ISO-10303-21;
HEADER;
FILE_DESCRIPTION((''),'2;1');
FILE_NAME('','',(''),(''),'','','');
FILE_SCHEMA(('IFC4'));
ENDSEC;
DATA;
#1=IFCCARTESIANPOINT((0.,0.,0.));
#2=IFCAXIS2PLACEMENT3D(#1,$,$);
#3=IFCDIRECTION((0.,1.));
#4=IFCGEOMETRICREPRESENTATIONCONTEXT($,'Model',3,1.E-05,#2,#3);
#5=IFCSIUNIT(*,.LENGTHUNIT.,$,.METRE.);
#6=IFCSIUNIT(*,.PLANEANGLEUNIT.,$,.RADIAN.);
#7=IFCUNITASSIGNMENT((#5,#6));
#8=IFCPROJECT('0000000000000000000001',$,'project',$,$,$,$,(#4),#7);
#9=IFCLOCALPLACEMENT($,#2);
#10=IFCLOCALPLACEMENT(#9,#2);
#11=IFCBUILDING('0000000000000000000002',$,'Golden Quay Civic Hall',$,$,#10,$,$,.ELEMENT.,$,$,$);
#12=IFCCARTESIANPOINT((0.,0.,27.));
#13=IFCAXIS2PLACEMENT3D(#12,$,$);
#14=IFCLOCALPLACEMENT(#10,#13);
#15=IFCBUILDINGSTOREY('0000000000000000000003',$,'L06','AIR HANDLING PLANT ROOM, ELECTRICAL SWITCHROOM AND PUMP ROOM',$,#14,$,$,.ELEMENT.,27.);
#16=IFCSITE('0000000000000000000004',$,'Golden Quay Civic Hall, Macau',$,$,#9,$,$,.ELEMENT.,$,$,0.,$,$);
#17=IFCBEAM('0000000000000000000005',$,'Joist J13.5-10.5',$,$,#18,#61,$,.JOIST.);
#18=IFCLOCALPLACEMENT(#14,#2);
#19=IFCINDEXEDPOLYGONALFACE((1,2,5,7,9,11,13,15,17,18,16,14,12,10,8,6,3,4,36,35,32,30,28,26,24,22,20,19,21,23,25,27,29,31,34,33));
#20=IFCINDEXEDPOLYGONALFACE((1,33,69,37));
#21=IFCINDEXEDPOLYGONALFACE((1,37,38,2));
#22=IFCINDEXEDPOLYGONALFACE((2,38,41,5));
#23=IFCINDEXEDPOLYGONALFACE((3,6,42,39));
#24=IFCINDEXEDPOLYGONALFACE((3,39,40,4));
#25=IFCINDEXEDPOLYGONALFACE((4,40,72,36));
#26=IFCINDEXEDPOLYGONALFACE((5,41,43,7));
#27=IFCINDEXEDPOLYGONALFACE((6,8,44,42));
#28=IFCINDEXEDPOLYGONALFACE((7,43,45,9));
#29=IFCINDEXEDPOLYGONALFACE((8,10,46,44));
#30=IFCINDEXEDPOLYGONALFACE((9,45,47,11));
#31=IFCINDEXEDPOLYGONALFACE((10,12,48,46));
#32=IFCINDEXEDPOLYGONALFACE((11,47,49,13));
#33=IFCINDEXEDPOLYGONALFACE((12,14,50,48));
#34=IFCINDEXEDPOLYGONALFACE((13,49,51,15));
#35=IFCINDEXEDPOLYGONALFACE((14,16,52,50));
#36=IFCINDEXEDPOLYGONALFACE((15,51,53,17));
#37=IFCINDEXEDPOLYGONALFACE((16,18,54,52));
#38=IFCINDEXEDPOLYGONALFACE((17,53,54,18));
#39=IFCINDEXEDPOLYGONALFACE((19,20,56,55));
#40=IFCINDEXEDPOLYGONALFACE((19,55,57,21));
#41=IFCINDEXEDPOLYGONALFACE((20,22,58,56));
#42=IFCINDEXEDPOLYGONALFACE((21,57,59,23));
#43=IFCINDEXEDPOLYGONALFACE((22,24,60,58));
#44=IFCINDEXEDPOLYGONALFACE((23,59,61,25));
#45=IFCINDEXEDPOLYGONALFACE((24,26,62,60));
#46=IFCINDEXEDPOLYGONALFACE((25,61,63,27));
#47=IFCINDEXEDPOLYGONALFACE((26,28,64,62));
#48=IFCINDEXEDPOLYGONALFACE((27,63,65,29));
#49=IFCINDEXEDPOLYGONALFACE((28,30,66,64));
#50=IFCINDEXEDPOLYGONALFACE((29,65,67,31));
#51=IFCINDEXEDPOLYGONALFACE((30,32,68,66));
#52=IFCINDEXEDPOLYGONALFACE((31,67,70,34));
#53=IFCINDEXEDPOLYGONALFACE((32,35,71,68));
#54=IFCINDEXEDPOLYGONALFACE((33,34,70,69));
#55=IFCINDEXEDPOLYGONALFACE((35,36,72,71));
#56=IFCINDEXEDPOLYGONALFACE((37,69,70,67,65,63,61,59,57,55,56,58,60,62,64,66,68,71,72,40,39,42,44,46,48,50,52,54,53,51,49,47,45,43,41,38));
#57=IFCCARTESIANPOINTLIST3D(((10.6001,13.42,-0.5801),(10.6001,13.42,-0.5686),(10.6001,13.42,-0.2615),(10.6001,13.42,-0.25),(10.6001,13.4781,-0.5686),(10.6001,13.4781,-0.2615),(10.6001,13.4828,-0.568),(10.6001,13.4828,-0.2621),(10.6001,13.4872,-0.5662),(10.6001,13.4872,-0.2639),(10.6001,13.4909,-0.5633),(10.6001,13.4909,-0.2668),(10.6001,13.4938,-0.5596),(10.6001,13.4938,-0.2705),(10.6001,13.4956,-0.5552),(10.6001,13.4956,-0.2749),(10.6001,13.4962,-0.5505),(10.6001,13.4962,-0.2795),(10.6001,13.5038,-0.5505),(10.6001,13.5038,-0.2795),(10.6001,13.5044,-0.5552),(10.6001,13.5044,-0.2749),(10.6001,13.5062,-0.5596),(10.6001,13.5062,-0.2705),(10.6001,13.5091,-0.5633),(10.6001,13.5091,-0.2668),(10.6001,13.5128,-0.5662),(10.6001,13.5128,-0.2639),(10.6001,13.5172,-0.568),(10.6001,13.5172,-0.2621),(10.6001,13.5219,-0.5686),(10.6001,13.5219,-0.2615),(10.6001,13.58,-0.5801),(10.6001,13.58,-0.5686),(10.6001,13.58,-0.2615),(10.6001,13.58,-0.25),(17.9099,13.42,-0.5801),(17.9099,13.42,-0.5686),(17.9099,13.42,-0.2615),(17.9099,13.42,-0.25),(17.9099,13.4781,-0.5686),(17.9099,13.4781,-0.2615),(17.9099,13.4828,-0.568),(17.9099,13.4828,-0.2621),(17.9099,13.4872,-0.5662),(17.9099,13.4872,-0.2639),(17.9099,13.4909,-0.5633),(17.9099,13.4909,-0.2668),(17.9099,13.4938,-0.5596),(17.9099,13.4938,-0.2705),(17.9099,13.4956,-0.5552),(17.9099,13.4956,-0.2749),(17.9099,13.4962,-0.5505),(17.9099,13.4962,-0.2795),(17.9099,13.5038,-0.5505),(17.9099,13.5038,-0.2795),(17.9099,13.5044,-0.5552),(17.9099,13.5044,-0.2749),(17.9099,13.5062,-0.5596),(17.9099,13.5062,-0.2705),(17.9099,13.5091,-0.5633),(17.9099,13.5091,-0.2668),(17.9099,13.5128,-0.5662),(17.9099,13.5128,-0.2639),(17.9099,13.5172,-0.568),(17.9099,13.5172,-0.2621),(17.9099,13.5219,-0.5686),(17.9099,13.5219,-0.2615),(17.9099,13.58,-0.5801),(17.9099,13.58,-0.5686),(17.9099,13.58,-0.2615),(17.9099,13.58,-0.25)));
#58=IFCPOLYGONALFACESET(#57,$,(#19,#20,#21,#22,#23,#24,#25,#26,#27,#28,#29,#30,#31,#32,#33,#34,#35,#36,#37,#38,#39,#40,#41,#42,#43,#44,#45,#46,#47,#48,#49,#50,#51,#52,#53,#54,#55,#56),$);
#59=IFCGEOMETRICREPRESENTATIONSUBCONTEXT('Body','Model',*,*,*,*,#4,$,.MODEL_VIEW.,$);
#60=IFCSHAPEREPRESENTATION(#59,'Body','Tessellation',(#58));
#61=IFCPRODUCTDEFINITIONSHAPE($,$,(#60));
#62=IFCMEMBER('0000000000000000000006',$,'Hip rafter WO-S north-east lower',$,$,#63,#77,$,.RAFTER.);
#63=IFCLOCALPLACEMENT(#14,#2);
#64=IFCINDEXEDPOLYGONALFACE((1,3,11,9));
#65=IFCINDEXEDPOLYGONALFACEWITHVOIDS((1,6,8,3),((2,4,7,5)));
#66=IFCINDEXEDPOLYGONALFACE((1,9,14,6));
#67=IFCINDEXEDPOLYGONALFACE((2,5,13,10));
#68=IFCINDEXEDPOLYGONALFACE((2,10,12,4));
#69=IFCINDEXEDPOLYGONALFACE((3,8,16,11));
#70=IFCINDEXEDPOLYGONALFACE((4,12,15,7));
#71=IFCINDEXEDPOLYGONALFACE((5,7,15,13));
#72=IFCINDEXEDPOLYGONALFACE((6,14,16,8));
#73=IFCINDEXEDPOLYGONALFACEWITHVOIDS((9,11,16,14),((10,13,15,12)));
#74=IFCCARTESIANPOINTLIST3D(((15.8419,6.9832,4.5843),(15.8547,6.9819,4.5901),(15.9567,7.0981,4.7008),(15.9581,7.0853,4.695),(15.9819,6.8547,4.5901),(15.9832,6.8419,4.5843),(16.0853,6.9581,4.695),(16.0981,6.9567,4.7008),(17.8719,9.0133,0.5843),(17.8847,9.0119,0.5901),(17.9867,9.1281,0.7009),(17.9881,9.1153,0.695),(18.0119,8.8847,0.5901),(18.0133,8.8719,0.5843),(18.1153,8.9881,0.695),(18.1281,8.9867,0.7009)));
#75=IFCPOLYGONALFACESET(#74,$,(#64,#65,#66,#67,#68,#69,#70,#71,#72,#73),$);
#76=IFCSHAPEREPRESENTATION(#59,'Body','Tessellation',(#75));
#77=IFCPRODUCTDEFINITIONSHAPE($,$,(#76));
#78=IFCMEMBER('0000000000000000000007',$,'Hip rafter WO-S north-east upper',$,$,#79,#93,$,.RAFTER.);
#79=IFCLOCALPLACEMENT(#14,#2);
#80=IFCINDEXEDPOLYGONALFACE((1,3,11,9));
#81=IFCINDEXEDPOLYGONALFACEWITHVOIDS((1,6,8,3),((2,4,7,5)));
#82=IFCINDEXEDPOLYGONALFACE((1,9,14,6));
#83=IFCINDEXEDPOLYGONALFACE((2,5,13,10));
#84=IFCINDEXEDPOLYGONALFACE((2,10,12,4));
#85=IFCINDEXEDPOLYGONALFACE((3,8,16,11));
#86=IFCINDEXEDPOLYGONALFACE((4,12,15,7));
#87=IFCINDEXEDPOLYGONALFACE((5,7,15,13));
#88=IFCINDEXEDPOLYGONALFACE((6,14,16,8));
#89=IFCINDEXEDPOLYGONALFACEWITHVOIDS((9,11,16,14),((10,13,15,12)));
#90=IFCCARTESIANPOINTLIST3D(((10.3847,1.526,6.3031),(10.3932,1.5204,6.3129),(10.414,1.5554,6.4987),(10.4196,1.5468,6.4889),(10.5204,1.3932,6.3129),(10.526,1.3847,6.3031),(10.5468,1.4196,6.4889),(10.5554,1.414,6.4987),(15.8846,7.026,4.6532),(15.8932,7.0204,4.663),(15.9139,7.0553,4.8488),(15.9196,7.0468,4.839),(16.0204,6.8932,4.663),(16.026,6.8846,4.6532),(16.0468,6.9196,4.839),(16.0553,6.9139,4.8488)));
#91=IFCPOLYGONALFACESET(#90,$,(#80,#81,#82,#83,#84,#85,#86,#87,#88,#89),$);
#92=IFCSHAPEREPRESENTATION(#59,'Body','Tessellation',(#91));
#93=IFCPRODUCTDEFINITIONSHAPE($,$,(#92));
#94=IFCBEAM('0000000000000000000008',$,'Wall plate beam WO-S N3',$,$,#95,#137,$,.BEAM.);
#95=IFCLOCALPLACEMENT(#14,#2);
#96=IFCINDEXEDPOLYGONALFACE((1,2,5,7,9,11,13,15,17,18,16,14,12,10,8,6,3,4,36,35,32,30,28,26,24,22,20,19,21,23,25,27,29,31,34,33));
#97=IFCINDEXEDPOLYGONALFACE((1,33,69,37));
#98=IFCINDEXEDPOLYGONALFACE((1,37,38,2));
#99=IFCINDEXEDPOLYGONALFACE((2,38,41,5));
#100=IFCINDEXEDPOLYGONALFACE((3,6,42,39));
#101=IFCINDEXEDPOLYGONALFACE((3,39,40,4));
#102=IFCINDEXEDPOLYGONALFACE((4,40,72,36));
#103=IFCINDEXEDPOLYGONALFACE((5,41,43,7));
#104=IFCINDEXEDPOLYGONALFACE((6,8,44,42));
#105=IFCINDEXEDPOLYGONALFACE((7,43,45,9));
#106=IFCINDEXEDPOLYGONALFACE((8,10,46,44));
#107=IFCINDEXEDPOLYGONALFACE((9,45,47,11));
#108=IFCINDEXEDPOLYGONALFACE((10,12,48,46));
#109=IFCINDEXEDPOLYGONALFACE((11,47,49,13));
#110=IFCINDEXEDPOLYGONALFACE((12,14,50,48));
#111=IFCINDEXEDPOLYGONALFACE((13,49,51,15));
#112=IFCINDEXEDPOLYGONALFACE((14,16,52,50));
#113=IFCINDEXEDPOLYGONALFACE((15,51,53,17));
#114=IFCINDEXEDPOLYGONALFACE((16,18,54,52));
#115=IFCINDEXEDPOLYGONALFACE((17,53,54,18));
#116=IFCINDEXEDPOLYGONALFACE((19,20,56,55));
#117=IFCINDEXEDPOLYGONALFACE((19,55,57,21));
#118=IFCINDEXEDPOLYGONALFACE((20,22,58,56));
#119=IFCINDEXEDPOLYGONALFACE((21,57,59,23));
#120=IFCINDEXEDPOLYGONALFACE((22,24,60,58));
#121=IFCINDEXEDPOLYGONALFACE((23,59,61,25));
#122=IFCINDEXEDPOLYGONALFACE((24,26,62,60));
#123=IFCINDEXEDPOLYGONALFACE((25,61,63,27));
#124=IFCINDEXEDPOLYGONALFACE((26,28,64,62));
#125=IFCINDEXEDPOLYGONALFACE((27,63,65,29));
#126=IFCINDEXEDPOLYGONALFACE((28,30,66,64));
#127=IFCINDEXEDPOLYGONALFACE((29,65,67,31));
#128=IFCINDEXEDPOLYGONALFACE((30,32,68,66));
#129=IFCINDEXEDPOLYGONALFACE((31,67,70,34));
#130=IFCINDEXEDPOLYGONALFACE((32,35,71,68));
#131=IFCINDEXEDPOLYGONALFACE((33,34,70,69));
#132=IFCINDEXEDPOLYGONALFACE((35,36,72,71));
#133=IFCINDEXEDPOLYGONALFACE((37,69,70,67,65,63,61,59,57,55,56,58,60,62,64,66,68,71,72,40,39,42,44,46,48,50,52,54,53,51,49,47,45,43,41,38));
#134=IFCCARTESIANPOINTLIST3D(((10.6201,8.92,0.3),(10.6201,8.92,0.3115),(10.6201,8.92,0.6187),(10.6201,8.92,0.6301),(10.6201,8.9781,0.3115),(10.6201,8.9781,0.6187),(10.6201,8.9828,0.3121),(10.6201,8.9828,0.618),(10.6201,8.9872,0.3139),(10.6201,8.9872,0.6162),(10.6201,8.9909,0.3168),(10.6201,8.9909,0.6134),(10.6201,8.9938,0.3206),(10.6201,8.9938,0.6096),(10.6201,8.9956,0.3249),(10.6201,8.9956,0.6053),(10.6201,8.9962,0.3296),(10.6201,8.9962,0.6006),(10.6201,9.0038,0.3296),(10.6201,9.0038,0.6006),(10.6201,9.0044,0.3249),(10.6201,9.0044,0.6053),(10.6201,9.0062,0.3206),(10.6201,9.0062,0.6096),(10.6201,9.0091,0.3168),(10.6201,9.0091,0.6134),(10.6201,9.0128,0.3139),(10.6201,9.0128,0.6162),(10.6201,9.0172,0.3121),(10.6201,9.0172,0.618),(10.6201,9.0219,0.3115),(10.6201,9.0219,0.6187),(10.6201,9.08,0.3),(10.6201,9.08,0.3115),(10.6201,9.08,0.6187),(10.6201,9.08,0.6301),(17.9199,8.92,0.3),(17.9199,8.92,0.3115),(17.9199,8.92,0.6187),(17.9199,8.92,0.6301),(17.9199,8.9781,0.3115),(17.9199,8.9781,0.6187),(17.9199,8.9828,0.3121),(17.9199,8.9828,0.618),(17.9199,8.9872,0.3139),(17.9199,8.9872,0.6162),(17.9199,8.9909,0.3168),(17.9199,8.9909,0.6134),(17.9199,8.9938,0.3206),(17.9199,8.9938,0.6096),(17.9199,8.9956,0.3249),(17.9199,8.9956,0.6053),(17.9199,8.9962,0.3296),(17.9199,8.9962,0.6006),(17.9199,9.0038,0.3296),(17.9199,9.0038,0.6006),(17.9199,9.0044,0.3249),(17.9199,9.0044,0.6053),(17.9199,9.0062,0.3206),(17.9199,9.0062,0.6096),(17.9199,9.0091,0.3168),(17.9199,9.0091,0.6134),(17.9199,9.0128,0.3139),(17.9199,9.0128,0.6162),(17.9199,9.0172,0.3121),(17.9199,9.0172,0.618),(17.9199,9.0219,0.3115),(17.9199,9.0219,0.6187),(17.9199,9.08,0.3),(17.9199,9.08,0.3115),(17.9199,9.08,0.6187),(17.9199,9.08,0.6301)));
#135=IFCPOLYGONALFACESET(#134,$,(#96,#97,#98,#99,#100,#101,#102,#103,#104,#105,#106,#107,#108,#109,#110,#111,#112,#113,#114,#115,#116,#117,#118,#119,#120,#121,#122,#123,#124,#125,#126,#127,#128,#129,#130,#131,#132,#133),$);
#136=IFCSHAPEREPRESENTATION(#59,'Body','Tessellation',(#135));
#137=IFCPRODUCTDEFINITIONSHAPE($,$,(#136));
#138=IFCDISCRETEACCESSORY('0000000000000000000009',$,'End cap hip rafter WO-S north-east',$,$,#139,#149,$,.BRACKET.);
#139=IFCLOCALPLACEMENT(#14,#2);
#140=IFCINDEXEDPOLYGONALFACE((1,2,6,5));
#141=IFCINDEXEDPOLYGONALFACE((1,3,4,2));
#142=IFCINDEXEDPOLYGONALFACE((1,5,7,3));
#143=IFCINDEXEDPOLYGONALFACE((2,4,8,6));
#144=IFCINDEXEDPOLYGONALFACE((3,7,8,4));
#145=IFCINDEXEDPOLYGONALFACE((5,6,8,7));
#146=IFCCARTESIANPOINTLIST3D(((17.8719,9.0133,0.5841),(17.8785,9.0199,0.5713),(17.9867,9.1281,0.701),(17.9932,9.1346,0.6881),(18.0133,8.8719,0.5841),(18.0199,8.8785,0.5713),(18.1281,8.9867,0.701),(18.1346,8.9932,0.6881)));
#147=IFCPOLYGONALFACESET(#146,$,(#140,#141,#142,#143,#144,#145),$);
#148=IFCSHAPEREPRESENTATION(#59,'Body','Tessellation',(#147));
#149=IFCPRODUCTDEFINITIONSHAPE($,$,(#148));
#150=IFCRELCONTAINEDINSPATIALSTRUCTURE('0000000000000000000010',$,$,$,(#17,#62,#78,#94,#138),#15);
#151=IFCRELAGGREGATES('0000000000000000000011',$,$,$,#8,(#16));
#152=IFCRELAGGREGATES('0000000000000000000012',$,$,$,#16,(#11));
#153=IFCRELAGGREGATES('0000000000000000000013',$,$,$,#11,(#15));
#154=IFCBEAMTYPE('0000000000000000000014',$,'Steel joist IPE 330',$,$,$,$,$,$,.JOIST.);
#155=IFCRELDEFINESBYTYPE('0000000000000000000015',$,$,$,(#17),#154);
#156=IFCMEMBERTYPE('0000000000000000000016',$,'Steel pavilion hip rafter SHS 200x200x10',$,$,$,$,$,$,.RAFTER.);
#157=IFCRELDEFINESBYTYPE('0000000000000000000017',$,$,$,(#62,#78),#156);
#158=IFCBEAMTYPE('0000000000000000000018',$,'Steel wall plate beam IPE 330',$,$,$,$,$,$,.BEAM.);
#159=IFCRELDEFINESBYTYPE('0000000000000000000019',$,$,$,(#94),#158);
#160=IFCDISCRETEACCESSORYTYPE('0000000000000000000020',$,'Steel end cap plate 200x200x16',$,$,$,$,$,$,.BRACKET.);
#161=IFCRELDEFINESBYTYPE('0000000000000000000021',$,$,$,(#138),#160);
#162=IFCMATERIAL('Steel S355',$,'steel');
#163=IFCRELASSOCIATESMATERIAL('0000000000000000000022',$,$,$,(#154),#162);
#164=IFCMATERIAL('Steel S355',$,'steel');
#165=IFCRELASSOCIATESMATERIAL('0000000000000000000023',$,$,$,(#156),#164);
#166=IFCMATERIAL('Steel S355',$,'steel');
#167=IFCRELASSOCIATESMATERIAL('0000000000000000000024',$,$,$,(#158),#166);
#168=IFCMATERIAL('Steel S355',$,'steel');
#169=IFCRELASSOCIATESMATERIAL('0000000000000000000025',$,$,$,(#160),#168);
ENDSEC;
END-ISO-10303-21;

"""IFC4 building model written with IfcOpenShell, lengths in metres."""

from ifc_helpers import new_model, si_unit, direction, frame, origin, origin_2d, place, context, subcontext, project, spatial, rectangle, hollow_rectangle, i_section, extrude, material, material_profile, profile_set, type_object, element, save


model = new_model("IFC4")

# Units and contexts
model_context = context("Model", 3, precision=1e-05, world=origin(), true_north=direction((0.0, 1.0)))
body_context = subcontext(model_context, "Body", "Model", "MODEL_VIEW")
ifc_project = project(units=[si_unit("LENGTHUNIT", "METRE"), si_unit("PLANEANGLEUNIT", "RADIAN")], contexts=[model_context])

# Site, building, storey
site_placement = place(None, origin())
site = spatial("IfcSite", under=ifc_project, at=site_placement, Name="Golden Quay Civic Hall, Macau", CompositionType="ELEMENT", RefElevation=0.0)
building_placement = place(site_placement, origin())
building = spatial("IfcBuilding", under=site, at=building_placement, Name="Golden Quay Civic Hall", CompositionType="ELEMENT")
storey_placement = place(building_placement, frame((0.0, 0.0, 27.0)))
storey = spatial("IfcBuildingStorey", under=building, at=storey_placement, Name="L06", Description="AIR HANDLING PLANT ROOM, ELECTRICAL SWITCHROOM AND PUMP ROOM", CompositionType="ELEMENT", Elevation=27.0)

# Beam
ifc_material_1 = material(Name="Steel S355", Category="steel")
ifc_material_profile_1 = material_profile(ifc_material_1, i_section(OverallWidth=0.1599, OverallDepth=0.3301, WebThickness=0.0076, FlangeThickness=0.0115, FilletRadius=0.0181, at=origin_2d()), Name="IPE 330")
ifc_profile_set_1 = profile_set([ifc_material_profile_1], Name="Steel S355")
beam_type_1 = type_object("IfcBeamType", Name="Steel joist IPE 330", PredefinedType="JOIST", material=ifc_profile_set_1)
for number, where, z_axis, x_axis, name in (
    (1, (10.6001, 13.5, -0.415), (1.0, 0.0, 0.0), (0.0, 1.0, 0.0), "Joist J13.5-10.5"),
):
    element("IfcBeam", number, at=place(storey_placement, frame(where, z_axis=z_axis, x_axis=x_axis)), inside=storey, type_object=beam_type_1, Name=name, PredefinedType="JOIST", context=body_context, shape_type="SweptSolid", body=[
        extrude(i_section(OverallWidth=0.1599, OverallDepth=0.3301, WebThickness=0.0076, FlangeThickness=0.0115, FilletRadius=0.0181, at=origin_2d()), origin(), (0.0, 0.0, 1.0), 7.3098),
    ])

# Members
ifc_material_2 = material(Name="Steel S355", Category="steel")
ifc_material_profile_2 = material_profile(ifc_material_2, hollow_rectangle(XDim=0.2, YDim=0.2, WallThickness=0.01, at=origin_2d()), Name="SHS 200x200x10")
ifc_profile_set_2 = profile_set([ifc_material_profile_2], Name="Steel S355")
member_type_1 = type_object("IfcMemberType", Name="Steel pavilion hip rafter SHS 200x200x10", PredefinedType="RAFTER", material=ifc_profile_set_2)
member_1_placement = place(storey_placement, frame((18.0, 9.0, 0.6426), z_axis=(-0.412304, -0.412304, 0.81241), x_axis=(0.707107, -0.707107, 0.0)))
element("IfcMember", 2, at=member_1_placement, inside=storey, type_object=member_type_1, Name="Hip rafter WO-S north-east lower", PredefinedType="RAFTER", context=body_context, shape_type="SweptSolid", body=[
    extrude(hollow_rectangle(XDim=0.2, YDim=0.2, WallThickness=0.01, at=origin_2d()), origin(), (0.0, 0.0, 1.0), 4.9236),
])
member_2_placement = place(storey_placement, frame((15.97, 6.97, 4.751), z_axis=(-0.691716, -0.691716, 0.207503), x_axis=(0.707107, -0.707107, 0.0)))
element("IfcMember", 3, at=member_2_placement, inside=storey, type_object=member_type_1, Name="Hip rafter WO-S north-east upper", PredefinedType="RAFTER", context=body_context, shape_type="SweptSolid", body=[
    extrude(hollow_rectangle(XDim=0.2, YDim=0.2, WallThickness=0.01, at=origin_2d()), origin(), (0.0, 0.0, 1.0), 7.9512),
])

# Beam
ifc_material_3 = material(Name="Steel S355", Category="steel")
ifc_material_profile_3 = material_profile(ifc_material_3, i_section(OverallWidth=0.1599, OverallDepth=0.3301, WebThickness=0.0076, FlangeThickness=0.0115, FilletRadius=0.0181, at=origin_2d()), Name="IPE 330")
ifc_profile_set_3 = profile_set([ifc_material_profile_3], Name="Steel S355")
beam_type_2 = type_object("IfcBeamType", Name="Steel wall plate beam IPE 330", PredefinedType="BEAM", material=ifc_profile_set_3)
beam_1_placement = place(storey_placement, frame((10.6201, 9.0, 0.4651), z_axis=(1.0, 0.0, 0.0), x_axis=(0.0, 1.0, 0.0)))
element("IfcBeam", 4, at=beam_1_placement, inside=storey, type_object=beam_type_2, Name="Wall plate beam WO-S N3", PredefinedType="BEAM", context=body_context, shape_type="SweptSolid", body=[
    extrude(i_section(OverallWidth=0.1599, OverallDepth=0.3301, WebThickness=0.0076, FlangeThickness=0.0115, FilletRadius=0.0181, at=origin_2d()), origin(), (0.0, 0.0, 1.0), 7.2998),
])

# Discrete accessory
ifc_material_4 = material(Name="Steel S355", Category="steel")
ifc_material_profile_4 = material_profile(ifc_material_4, rectangle(XDim=0.2, YDim=0.2, at=origin_2d()), Name="Steel end cap plate 200x200x16")
ifc_profile_set_4 = profile_set([ifc_material_profile_4], Name="Steel S355")
discrete_accessory_type = type_object("IfcDiscreteAccessoryType", Name="Steel end cap plate 200x200x16", PredefinedType="BRACKET", material=ifc_profile_set_4)
discrete_accessory_placement = place(storey_placement, frame((18.0, 9.0, 0.6426), z_axis=(0.413335, 0.413335, -0.811362), x_axis=(-0.707107, 0.707107, 0.0)))
element("IfcDiscreteAccessory", 5, at=discrete_accessory_placement, inside=storey, type_object=discrete_accessory_type, Name="End cap hip rafter WO-S north-east", PredefinedType="BRACKET", context=body_context, shape_type="SweptSolid", body=[
    extrude(rectangle(XDim=0.2, YDim=0.2, at=origin_2d()), origin(), (0.0, 0.0, 1.0), 0.0159),
])

save(model, "model.ifc")
